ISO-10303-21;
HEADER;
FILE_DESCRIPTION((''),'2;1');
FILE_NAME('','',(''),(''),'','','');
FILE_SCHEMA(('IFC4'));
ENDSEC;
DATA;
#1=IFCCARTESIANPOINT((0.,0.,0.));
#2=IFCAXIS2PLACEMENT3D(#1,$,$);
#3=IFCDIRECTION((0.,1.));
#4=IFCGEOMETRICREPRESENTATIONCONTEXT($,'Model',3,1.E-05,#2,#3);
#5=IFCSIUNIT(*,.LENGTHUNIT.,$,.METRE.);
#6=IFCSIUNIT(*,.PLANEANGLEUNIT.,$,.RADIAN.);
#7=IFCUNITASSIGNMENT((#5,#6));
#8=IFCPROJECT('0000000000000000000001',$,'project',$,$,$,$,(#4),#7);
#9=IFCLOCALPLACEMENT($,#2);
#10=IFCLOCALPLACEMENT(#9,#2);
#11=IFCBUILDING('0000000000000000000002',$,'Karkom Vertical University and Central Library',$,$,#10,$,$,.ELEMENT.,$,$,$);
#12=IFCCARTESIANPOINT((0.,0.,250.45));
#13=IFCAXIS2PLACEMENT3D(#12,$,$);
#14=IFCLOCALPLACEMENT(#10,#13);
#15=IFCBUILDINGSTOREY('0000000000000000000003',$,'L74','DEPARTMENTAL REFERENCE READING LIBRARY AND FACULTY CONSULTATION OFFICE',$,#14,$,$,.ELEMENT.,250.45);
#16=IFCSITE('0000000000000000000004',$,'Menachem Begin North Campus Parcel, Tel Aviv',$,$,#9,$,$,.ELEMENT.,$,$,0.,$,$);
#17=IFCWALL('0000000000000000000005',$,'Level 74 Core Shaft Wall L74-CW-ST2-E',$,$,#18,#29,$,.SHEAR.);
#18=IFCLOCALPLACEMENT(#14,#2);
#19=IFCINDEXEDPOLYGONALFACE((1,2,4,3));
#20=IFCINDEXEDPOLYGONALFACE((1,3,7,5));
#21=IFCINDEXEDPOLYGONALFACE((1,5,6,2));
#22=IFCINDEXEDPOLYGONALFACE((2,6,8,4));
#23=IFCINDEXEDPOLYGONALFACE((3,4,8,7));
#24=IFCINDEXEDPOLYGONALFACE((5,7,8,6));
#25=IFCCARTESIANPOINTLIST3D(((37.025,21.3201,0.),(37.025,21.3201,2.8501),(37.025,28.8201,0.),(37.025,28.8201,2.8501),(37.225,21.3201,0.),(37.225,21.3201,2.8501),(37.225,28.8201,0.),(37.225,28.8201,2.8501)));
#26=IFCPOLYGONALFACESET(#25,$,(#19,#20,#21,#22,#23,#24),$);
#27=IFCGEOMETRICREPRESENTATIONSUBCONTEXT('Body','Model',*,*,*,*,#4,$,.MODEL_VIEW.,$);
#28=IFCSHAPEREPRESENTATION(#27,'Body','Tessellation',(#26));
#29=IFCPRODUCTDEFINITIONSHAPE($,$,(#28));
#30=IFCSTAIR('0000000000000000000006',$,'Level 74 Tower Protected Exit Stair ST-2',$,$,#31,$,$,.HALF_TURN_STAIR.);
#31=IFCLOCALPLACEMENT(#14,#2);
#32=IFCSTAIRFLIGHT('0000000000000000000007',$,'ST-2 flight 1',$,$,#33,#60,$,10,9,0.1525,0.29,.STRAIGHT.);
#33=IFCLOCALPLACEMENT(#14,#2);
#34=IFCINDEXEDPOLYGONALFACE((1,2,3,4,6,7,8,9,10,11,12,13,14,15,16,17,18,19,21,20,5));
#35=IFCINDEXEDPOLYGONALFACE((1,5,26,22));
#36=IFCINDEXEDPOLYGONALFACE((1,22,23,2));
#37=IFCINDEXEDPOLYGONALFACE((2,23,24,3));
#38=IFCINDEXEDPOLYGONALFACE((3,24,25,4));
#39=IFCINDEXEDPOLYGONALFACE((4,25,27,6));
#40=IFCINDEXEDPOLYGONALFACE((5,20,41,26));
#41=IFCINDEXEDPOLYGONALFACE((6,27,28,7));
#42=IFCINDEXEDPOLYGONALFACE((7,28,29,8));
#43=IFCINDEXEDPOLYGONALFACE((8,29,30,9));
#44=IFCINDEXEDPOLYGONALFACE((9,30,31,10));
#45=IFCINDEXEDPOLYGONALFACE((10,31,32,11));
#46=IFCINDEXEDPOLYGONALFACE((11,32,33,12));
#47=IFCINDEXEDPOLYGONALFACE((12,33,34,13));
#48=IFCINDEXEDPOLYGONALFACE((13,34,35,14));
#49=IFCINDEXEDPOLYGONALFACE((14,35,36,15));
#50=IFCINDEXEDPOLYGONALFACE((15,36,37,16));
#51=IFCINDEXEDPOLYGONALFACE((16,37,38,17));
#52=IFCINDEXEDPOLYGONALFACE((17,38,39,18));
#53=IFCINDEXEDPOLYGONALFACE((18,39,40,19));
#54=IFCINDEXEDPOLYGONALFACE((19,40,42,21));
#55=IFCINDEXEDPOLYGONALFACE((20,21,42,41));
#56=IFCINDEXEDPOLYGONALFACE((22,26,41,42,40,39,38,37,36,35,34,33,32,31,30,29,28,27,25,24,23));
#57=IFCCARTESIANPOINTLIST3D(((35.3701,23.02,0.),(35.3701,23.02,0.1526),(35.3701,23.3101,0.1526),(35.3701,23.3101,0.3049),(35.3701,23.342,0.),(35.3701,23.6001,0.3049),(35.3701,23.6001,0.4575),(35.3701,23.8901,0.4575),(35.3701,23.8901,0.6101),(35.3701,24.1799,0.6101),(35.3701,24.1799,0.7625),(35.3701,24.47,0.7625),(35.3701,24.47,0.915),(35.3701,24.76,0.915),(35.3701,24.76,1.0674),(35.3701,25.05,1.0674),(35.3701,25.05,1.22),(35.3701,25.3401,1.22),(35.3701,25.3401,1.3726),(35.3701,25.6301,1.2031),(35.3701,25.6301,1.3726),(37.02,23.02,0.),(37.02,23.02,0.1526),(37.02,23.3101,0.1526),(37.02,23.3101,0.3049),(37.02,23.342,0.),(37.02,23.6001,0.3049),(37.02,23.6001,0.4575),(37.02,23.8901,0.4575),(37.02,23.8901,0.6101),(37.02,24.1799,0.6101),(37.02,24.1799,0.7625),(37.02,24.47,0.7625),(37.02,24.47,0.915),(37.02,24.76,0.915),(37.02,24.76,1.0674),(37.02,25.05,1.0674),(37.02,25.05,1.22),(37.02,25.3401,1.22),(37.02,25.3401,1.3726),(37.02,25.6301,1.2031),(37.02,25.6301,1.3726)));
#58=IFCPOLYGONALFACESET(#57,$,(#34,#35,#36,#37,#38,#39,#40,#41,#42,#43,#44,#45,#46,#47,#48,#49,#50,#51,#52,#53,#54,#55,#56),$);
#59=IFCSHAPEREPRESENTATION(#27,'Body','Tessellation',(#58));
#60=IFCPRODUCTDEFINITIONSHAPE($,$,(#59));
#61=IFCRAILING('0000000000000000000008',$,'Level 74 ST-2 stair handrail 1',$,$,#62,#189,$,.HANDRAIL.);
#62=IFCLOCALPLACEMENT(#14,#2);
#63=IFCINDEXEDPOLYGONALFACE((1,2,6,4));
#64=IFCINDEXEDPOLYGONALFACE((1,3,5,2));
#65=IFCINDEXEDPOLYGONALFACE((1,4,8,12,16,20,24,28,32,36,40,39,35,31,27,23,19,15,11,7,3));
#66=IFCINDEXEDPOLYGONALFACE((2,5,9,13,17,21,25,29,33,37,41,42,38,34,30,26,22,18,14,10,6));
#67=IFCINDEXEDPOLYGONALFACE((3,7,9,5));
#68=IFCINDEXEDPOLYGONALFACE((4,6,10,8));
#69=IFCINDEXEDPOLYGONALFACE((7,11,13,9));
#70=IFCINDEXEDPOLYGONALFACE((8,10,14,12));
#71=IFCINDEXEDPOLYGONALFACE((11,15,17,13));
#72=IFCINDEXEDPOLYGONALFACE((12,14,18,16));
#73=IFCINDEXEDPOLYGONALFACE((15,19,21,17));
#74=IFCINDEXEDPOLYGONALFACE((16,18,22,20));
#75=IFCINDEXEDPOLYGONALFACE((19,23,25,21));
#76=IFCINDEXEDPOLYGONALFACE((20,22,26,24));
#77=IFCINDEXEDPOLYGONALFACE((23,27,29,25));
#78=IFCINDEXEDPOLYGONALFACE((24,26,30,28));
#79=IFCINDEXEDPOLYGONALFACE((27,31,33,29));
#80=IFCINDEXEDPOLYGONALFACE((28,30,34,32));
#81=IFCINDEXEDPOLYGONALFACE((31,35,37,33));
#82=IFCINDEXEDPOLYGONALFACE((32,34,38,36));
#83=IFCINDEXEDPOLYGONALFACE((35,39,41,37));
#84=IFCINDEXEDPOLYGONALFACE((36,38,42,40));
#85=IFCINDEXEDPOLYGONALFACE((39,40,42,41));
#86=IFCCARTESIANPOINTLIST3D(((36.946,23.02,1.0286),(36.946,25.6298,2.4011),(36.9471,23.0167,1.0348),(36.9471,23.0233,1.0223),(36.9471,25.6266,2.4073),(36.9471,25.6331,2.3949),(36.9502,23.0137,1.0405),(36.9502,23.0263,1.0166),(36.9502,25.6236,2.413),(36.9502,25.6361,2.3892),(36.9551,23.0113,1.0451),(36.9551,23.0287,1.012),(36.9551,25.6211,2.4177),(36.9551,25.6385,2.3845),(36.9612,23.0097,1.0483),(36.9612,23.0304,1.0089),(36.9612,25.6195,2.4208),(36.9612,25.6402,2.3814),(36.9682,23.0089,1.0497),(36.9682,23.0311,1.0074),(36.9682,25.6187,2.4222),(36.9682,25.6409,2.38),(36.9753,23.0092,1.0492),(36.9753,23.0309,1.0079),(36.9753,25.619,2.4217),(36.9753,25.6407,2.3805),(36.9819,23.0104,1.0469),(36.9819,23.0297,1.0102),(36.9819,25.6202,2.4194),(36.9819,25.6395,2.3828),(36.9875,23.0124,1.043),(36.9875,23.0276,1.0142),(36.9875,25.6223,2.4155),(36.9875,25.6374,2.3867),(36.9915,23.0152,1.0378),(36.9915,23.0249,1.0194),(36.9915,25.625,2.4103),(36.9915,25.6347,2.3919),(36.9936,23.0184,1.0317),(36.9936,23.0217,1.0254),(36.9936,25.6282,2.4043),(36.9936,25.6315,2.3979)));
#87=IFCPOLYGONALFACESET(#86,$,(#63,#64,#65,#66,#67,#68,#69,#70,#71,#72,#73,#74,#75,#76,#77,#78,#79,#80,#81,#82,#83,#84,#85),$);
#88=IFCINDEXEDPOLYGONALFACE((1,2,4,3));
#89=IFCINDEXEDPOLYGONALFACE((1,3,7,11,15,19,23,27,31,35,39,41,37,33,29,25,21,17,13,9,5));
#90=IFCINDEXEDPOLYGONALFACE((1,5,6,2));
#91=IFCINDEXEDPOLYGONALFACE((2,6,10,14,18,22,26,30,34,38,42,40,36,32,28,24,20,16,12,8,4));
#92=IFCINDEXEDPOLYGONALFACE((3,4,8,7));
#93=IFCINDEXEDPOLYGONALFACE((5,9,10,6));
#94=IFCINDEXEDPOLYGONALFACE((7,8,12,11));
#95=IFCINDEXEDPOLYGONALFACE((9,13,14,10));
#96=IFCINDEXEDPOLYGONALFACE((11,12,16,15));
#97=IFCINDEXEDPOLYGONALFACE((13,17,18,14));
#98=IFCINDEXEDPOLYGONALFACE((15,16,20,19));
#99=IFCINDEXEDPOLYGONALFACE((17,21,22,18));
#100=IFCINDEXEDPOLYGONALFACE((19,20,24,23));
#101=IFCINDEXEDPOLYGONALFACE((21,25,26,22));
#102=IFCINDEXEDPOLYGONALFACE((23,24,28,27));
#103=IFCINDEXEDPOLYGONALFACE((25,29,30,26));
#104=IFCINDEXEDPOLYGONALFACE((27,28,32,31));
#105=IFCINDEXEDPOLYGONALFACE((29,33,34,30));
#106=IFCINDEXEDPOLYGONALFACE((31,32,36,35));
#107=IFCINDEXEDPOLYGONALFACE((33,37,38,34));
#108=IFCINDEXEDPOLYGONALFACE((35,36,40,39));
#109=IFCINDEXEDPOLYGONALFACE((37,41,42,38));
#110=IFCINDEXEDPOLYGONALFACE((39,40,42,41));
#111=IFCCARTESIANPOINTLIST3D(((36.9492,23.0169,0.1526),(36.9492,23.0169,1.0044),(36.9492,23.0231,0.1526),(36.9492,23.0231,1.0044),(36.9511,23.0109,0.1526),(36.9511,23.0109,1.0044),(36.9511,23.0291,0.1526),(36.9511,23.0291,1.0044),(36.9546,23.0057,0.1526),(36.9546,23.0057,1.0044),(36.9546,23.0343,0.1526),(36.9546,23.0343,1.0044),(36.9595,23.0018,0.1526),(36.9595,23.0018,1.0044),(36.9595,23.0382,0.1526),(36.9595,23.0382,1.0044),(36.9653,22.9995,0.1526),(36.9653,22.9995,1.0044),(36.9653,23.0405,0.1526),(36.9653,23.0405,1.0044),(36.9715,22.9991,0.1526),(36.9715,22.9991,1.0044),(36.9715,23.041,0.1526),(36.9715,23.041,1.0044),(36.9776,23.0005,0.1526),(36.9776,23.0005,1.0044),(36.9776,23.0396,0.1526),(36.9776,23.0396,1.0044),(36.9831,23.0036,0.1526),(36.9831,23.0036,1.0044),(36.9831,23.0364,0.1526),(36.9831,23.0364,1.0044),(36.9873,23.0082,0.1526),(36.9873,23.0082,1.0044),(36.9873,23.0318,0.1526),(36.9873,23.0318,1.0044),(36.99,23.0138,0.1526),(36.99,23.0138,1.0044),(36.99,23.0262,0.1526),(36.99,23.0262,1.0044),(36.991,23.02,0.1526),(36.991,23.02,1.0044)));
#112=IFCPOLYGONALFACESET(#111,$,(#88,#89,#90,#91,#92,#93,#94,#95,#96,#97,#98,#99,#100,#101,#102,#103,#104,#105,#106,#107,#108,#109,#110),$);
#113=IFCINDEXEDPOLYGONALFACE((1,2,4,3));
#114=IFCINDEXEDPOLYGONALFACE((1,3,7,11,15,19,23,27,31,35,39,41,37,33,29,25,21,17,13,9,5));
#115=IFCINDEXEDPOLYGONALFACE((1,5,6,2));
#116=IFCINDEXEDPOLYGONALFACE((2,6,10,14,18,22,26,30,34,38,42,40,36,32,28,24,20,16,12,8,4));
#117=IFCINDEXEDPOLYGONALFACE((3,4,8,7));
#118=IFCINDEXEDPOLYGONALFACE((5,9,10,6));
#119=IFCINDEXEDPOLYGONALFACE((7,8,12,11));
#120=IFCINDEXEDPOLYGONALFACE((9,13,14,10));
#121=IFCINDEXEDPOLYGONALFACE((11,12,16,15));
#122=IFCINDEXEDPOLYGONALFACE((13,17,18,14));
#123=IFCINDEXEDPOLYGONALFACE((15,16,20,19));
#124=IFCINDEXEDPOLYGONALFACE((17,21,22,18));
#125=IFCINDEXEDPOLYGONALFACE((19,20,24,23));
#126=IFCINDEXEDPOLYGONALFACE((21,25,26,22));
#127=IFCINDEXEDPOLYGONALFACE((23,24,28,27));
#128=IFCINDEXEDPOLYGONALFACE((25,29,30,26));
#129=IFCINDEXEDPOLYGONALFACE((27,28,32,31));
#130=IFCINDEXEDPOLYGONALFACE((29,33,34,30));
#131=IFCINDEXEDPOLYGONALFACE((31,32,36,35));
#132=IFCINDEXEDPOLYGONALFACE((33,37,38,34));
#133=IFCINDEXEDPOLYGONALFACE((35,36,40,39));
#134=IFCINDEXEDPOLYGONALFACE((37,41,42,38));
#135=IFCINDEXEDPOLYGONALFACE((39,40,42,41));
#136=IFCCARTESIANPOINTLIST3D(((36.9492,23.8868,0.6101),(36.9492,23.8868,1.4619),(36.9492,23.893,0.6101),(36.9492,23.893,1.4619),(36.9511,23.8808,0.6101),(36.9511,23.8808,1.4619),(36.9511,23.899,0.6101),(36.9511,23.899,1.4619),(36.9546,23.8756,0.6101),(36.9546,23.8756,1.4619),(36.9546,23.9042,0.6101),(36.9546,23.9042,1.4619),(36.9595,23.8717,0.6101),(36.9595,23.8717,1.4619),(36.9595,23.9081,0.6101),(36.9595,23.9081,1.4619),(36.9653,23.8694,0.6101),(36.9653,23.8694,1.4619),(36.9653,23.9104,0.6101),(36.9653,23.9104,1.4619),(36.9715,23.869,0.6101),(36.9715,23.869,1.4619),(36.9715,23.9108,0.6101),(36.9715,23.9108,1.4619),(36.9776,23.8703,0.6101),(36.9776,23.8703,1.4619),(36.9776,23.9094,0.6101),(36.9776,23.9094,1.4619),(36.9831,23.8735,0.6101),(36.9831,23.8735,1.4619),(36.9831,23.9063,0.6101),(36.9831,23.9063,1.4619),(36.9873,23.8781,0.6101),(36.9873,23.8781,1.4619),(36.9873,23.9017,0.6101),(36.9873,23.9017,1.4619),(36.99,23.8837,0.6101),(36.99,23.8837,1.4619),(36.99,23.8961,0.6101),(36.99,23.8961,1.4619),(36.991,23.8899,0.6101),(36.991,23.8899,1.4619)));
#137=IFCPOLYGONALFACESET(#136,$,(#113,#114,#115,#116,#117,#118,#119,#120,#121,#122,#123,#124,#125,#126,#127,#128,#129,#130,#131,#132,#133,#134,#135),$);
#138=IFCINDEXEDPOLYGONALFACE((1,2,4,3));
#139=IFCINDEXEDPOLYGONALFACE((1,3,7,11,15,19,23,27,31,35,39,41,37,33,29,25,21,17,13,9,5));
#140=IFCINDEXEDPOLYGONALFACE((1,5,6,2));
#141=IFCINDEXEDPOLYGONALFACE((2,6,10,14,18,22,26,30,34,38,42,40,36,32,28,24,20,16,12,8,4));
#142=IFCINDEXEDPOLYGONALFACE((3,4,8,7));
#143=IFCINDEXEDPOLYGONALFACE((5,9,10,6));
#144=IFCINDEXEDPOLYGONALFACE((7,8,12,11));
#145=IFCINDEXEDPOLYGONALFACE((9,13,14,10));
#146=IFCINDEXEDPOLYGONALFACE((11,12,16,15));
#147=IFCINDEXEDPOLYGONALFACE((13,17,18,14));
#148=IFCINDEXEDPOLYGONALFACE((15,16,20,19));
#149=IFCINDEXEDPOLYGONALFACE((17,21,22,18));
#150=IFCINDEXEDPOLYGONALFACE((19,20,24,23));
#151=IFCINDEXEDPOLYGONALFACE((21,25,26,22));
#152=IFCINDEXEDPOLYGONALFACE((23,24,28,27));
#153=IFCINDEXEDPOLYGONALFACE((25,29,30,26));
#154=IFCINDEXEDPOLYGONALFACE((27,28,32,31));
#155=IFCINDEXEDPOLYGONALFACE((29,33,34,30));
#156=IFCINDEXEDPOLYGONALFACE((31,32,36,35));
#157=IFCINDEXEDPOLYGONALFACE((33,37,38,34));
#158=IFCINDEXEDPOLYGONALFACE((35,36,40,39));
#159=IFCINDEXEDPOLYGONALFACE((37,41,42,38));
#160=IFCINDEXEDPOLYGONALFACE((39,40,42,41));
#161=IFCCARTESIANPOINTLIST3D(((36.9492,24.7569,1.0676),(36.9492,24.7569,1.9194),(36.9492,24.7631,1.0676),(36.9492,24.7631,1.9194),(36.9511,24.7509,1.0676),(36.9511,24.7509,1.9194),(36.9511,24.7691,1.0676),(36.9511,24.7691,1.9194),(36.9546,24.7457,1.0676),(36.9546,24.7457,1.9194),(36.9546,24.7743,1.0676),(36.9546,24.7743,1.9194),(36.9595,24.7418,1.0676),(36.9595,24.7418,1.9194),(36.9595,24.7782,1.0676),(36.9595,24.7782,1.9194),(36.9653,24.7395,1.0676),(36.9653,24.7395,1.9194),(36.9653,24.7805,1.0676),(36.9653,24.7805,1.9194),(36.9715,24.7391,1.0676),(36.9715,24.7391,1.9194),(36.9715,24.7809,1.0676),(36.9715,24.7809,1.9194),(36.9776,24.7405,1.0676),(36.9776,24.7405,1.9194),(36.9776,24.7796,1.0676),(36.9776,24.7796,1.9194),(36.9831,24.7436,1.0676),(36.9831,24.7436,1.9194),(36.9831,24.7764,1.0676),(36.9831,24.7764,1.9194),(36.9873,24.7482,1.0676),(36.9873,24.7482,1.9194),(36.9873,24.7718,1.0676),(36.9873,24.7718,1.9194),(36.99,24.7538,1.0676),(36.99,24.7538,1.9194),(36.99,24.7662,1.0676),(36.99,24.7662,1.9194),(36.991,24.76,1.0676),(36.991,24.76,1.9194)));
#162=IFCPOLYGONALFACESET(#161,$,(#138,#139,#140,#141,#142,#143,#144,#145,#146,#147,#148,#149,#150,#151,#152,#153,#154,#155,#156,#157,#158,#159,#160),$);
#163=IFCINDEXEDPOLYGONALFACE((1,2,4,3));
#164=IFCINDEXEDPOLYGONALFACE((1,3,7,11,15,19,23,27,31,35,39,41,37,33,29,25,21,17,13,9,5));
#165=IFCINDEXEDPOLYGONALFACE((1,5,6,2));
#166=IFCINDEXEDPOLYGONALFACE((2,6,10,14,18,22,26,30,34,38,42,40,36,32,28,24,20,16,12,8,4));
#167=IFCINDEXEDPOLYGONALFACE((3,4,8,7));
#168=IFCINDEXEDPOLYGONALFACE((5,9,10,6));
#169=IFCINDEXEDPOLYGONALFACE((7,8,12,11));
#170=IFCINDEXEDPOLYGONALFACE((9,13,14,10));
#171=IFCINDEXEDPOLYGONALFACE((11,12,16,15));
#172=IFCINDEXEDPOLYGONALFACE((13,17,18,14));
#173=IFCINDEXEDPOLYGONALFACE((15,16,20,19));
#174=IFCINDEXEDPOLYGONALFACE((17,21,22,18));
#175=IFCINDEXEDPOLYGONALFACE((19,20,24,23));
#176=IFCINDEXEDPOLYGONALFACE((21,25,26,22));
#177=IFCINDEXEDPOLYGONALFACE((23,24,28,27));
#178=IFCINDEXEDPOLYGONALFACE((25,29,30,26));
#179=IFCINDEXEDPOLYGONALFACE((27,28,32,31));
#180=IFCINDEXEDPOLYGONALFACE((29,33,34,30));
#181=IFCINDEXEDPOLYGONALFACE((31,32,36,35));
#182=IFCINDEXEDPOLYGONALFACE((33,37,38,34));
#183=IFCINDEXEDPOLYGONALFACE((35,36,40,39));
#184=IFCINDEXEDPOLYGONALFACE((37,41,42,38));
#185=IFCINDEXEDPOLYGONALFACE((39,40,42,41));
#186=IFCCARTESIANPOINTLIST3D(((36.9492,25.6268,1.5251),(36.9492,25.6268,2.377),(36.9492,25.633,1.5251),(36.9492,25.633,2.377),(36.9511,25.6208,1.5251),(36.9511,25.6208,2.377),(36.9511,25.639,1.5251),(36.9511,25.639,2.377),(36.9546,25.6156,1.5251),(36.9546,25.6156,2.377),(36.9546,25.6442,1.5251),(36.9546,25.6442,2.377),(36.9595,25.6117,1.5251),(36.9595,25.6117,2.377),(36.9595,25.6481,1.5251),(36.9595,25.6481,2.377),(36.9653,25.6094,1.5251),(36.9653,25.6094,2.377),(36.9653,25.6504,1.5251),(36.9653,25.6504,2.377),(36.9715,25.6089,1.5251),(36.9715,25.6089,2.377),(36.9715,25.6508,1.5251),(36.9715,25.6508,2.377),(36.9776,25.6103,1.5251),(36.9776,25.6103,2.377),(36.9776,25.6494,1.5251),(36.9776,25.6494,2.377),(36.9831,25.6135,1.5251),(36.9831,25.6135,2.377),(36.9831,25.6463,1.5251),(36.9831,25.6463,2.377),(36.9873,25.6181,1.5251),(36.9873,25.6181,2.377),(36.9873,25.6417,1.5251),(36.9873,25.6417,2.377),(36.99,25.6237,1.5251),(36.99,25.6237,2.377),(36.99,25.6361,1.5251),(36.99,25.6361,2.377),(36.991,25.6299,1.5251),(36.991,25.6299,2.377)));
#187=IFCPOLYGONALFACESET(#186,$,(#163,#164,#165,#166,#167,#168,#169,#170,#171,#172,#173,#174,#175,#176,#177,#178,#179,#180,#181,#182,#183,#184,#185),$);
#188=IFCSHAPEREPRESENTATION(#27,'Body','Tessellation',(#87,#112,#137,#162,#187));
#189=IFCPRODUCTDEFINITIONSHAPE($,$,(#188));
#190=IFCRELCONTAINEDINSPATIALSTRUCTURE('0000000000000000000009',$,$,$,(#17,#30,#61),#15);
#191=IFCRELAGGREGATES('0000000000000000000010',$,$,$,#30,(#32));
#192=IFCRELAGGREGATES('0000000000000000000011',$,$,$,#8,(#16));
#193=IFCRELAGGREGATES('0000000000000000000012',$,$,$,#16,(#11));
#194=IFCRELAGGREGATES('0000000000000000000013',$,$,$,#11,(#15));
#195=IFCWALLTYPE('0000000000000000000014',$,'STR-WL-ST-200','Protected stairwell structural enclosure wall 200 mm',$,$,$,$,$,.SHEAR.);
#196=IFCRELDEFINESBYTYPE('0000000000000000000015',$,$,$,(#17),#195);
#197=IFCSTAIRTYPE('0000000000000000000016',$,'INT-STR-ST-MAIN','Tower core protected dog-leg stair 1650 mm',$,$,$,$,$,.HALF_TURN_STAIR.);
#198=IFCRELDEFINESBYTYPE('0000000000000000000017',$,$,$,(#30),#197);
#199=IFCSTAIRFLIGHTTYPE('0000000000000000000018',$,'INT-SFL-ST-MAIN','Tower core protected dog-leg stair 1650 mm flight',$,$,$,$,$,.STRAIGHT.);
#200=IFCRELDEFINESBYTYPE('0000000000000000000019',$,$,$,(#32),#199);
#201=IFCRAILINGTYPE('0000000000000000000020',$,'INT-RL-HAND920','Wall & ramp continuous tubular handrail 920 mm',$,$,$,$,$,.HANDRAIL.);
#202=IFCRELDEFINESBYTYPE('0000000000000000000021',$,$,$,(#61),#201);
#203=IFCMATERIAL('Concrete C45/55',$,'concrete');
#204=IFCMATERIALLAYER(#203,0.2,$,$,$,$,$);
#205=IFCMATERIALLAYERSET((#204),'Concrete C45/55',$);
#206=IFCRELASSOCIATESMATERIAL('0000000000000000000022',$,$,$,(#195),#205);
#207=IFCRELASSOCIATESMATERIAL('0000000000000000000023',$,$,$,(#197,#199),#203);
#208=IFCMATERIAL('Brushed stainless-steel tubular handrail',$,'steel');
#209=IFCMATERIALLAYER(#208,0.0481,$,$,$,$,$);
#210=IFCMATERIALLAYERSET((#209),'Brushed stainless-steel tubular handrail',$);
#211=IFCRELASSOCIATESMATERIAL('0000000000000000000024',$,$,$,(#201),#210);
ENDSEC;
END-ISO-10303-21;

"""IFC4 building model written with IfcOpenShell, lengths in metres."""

from ifc_helpers import new_model, si_unit, direction, frame, frame_2d, origin, origin_2d, place, context, subcontext, project, spatial, polyline, rectangle, circle, outline, extrude, material, layer, layer_set, type_object, element, aggregate, save


model = new_model("IFC4")

# Units and contexts
model_context = context("Model", 3, precision=1e-05, world=origin(), true_north=direction((0.0, 1.0)))
body_context = subcontext(model_context, "Body", "Model", "MODEL_VIEW")
ifc_project = project(units=[si_unit("LENGTHUNIT", "METRE"), si_unit("PLANEANGLEUNIT", "RADIAN")], contexts=[model_context])

# Site, building, storey
site_placement = place(None, origin())
site = spatial("IfcSite", under=ifc_project, at=site_placement, Name="Menachem Begin North Campus Parcel, Tel Aviv", CompositionType="ELEMENT", RefElevation=0.0)
building_placement = place(site_placement, origin())
building = spatial("IfcBuilding", under=site, at=building_placement, Name="Karkom Vertical University and Central Library", CompositionType="ELEMENT")
storey_placement = place(building_placement, frame((0.0, 0.0, 250.45)))
storey = spatial("IfcBuildingStorey", under=building, at=storey_placement, Name="L74", Description="DEPARTMENTAL REFERENCE READING LIBRARY AND FACULTY CONSULTATION OFFICE", CompositionType="ELEMENT", Elevation=250.45)

# Shared definitions
ifc_material_1 = material(Name="Concrete C45/55", Category="concrete")

# Wall
ifc_layer_1 = layer(ifc_material_1, 0.2)
ifc_layer_set_1 = layer_set([ifc_layer_1], Name="Concrete C45/55")
wall_type_1 = type_object("IfcWallType", Name="STR-WL-ST-200", Description="Protected stairwell structural enclosure wall 200 mm", PredefinedType="SHEAR", material=ifc_layer_set_1)
wall_1_placement = place(storey_placement, frame((37.125, 21.3201, 0.0), z_axis=(0.0, 0.0, 1.0), x_axis=(0.0, 1.0, 0.0)))
element("IfcWall", 1, at=wall_1_placement, inside=storey, type_object=wall_type_1, Name="Level 74 Core Shaft Wall L74-CW-ST2-E", PredefinedType="SHEAR", context=body_context, shape_type="SweptSolid", body=[
    extrude(rectangle(XDim=7.5, YDim=0.2, at=frame_2d((3.75, 0.0))), origin(), (0.0, 0.0, 1.0), 2.8501),
])

# Stair, stair flight
stair_type = type_object("IfcStairType", Name="INT-STR-ST-MAIN", Description="Tower core protected dog-leg stair 1650 mm", PredefinedType="HALF_TURN_STAIR", material=ifc_material_1)
stair_placement = place(storey_placement, origin())
stair = element("IfcStair", 2, at=stair_placement, inside=storey, type_object=stair_type, Name="Level 74 Tower Protected Exit Stair ST-2", PredefinedType="HALF_TURN_STAIR")
stair_flight_type = type_object("IfcStairFlightType", Name="INT-SFL-ST-MAIN", Description="Tower core protected dog-leg stair 1650 mm flight", PredefinedType="STRAIGHT", material=ifc_material_1)
stair_flight_placement = place(storey_placement, frame((36.1951, 23.02, 0.0), z_axis=(0.0, 0.0, 1.0), x_axis=(0.0, 1.0, 0.0)))
stair_flight = element("IfcStairFlight", 3, at=stair_flight_placement, type_object=stair_flight_type, Name="ST-2 flight 1", NumberOfRisers=10, NumberOfTreads=9, PredefinedType="STRAIGHT", RiserHeight=0.1525, TreadLength=0.29, context=body_context, shape_type="SweptSolid", body=[
    extrude(outline(polyline([(0.0, 0.0), (0.0, 0.1526), (0.29, 0.1526), (0.29, 0.3049), (0.5801, 0.3049), (0.5801, 0.4575), (0.8701, 0.4575), (0.8701, 0.6101), (1.1599, 0.6101), (1.1599, 0.7625), (1.45, 0.7625), (1.45, 0.915), (1.74, 0.915), (1.74, 1.0674), (2.03, 1.0674), (2.03, 1.22), (2.3201, 1.22), (2.3201, 1.3726), (2.6101, 1.3726), (2.6101, 1.5249), (2.6101, 1.2031), (0.322, 0.0), (0.0, 0.0)])), frame((0.0, 0.825, 0.0), z_axis=(0.0, -1.0, 0.0), x_axis=(1.0, 0.0, 0.0)), (0.0, 0.0, 1.0), 1.6499),
])
aggregate(stair, [stair_flight])

# Railing
ifc_material_2 = material(Name="Brushed stainless-steel tubular handrail", Category="steel")
ifc_layer_2 = layer(ifc_material_2, 0.0481)
ifc_layer_set_2 = layer_set([ifc_layer_2], Name="Brushed stainless-steel tubular handrail")
railing_type = type_object("IfcRailingType", Name="INT-RL-HAND920", Description="Wall & ramp continuous tubular handrail 920 mm", PredefinedType="HANDRAIL", material=ifc_layer_set_2)
railing_placement = place(storey_placement, frame((36.97, 23.02, 0.1526)))
element("IfcRailing", 4, at=railing_placement, inside=storey, type_object=railing_type, Name="Level 74 ST-2 stair handrail 1", PredefinedType="HANDRAIL", context=body_context, shape_type="SweptSolid", body=[
    extrude(circle(Radius=0.0239, at=origin_2d()), frame((0.0, 0.0, 0.876), z_axis=(0.0, 0.885065, 0.465467), x_axis=(-1.0, 0.0, 0.0)), (0.0, 0.0, 1.0), 2.9487),
    extrude(circle(Radius=0.021, at=origin_2d()), origin(), (0.0, 0.0, 1.0), 0.8518),
    extrude(circle(Radius=0.021, at=origin_2d()), frame((0.0, 0.8699, 0.4575)), (0.0, 0.0, 1.0), 0.8518),
    extrude(circle(Radius=0.021, at=origin_2d()), frame((0.0, 1.74, 0.915)), (0.0, 0.0, 1.0), 0.8518),
    extrude(circle(Radius=0.021, at=origin_2d()), frame((0.0, 2.6099, 1.3726)), (0.0, 0.0, 1.0), 0.8518),
])

save(model, "model.ifc")
